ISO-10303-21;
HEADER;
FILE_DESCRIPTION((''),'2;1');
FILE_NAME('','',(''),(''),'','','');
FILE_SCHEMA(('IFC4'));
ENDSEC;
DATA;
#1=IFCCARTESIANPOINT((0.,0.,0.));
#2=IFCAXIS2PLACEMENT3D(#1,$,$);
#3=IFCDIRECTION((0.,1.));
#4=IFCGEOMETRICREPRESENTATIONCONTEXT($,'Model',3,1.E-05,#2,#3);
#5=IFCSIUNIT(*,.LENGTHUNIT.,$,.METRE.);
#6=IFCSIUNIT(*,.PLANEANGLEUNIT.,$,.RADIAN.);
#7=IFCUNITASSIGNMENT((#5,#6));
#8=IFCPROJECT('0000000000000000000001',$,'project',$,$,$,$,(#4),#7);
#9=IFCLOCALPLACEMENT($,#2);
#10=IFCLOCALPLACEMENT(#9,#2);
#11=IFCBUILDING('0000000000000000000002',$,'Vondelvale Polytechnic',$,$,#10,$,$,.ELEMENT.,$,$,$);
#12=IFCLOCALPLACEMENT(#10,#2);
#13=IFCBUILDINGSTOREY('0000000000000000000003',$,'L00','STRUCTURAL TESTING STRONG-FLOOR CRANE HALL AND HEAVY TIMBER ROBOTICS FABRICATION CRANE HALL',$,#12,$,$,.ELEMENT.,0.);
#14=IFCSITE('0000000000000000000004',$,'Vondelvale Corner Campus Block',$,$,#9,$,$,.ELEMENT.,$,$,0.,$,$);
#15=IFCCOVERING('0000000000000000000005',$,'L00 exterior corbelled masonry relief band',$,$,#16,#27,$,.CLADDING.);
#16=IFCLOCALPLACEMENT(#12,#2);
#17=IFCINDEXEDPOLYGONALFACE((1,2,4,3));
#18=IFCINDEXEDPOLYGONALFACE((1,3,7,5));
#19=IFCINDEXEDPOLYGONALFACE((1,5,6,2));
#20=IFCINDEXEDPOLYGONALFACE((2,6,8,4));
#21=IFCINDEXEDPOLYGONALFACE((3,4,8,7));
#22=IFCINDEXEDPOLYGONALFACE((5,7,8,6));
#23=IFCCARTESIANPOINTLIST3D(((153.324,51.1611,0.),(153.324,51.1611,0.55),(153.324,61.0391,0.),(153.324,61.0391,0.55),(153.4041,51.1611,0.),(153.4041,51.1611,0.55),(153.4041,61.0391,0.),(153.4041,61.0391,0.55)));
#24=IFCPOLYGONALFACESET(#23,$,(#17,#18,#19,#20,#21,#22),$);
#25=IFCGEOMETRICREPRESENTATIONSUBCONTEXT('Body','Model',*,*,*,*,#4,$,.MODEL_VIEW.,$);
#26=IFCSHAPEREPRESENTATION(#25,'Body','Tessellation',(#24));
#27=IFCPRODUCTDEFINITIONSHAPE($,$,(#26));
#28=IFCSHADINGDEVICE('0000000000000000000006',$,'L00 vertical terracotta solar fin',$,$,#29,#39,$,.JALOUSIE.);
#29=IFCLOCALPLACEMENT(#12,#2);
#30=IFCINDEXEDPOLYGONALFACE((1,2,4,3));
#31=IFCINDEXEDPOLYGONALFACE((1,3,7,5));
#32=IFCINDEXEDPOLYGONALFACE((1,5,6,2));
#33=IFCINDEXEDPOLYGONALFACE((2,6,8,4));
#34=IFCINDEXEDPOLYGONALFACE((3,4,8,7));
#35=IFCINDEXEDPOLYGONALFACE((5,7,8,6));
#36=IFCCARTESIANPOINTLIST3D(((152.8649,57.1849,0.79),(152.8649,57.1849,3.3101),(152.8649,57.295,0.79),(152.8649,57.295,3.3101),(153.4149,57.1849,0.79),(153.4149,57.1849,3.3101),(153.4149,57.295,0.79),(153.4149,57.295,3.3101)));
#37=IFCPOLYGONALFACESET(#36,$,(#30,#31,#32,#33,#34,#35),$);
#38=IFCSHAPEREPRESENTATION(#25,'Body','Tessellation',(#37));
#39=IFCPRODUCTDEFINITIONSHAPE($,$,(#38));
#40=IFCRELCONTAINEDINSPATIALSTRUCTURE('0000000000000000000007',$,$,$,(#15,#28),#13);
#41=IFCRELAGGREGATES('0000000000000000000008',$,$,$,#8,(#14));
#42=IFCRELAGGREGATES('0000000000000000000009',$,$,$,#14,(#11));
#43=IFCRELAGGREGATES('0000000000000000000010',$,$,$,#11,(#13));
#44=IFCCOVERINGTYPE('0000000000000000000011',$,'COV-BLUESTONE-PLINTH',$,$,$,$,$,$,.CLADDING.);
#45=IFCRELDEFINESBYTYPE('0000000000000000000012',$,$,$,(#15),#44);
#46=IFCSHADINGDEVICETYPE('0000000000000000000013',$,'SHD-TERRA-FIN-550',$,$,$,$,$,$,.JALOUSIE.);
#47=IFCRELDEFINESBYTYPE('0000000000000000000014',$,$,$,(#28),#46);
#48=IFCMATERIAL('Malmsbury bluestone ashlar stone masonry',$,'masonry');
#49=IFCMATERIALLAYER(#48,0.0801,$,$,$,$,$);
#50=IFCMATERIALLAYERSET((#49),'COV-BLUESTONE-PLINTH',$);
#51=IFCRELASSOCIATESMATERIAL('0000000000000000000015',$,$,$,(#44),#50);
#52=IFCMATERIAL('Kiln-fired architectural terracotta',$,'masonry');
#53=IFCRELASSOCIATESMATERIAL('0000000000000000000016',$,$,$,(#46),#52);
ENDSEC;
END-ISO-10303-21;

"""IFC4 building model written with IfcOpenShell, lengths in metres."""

from ifc_helpers import new_model, si_unit, direction, frame, origin, origin_2d, place, context, subcontext, project, spatial, rectangle, extrude, material, layer, layer_set, type_object, element, save


model = new_model("IFC4")

# Units and contexts
model_context = context("Model", 3, precision=1e-05, world=origin(), true_north=direction((0.0, 1.0)))
body_context = subcontext(model_context, "Body", "Model", "MODEL_VIEW")
ifc_project = project(units=[si_unit("LENGTHUNIT", "METRE"), si_unit("PLANEANGLEUNIT", "RADIAN")], contexts=[model_context])

# Site, building, storey
site_placement = place(None, origin())
site = spatial("IfcSite", under=ifc_project, at=site_placement, Name="Vondelvale Corner Campus Block", CompositionType="ELEMENT", RefElevation=0.0)
building_placement = place(site_placement, origin())
building = spatial("IfcBuilding", under=site, at=building_placement, Name="Vondelvale Polytechnic", CompositionType="ELEMENT")
storey_placement = place(building_placement, origin())
storey = spatial("IfcBuildingStorey", under=building, at=storey_placement, Name="L00", Description="STRUCTURAL TESTING STRONG-FLOOR CRANE HALL AND HEAVY TIMBER ROBOTICS FABRICATION CRANE HALL", CompositionType="ELEMENT", Elevation=0.0)

# Shared definitions
ifc_material_1 = material(Name="Malmsbury bluestone ashlar stone masonry", Category="masonry")

# Covering
ifc_layer_1 = layer(ifc_material_1, 0.0801)
ifc_layer_set_1 = layer_set([ifc_layer_1], Name="COV-BLUESTONE-PLINTH")
covering_type = type_object("IfcCoveringType", Name="COV-BLUESTONE-PLINTH", PredefinedType="CLADDING", material=ifc_layer_set_1)
covering_placement = place(storey_placement, frame((153.364, 56.1001, 0.0), z_axis=(0.0, 0.0, 1.0), x_axis=(0.0, 1.0, 0.0)))
element("IfcCovering", 1, at=covering_placement, inside=storey, type_object=covering_type, Name="L00 exterior corbelled masonry relief band", PredefinedType="CLADDING", context=body_context, shape_type="SweptSolid", body=[
    extrude(rectangle(XDim=9.8779, YDim=0.0801, at=origin_2d()), origin(), (0.0, 0.0, 1.0), 0.55),
])

# Shading device
ifc_material_2 = material(Name="Kiln-fired architectural terracotta", Category="masonry")
shading_device_type = type_object("IfcShadingDeviceType", Name="SHD-TERRA-FIN-550", PredefinedType="JALOUSIE", material=ifc_material_2)
shading_device_placement = place(storey_placement, frame((153.1399, 57.24, 0.79), z_axis=(0.0, 0.0, 1.0), x_axis=(0.0, 1.0, 0.0)))
element("IfcShadingDevice", 2, at=shading_device_placement, inside=storey, type_object=shading_device_type, Name="L00 vertical terracotta solar fin", PredefinedType="JALOUSIE", context=body_context, shape_type="SweptSolid", body=[
    extrude(rectangle(XDim=0.1101, YDim=0.55, at=origin_2d()), origin(), (0.0, 0.0, 1.0), 2.52),
])

save(model, "model.ifc")
